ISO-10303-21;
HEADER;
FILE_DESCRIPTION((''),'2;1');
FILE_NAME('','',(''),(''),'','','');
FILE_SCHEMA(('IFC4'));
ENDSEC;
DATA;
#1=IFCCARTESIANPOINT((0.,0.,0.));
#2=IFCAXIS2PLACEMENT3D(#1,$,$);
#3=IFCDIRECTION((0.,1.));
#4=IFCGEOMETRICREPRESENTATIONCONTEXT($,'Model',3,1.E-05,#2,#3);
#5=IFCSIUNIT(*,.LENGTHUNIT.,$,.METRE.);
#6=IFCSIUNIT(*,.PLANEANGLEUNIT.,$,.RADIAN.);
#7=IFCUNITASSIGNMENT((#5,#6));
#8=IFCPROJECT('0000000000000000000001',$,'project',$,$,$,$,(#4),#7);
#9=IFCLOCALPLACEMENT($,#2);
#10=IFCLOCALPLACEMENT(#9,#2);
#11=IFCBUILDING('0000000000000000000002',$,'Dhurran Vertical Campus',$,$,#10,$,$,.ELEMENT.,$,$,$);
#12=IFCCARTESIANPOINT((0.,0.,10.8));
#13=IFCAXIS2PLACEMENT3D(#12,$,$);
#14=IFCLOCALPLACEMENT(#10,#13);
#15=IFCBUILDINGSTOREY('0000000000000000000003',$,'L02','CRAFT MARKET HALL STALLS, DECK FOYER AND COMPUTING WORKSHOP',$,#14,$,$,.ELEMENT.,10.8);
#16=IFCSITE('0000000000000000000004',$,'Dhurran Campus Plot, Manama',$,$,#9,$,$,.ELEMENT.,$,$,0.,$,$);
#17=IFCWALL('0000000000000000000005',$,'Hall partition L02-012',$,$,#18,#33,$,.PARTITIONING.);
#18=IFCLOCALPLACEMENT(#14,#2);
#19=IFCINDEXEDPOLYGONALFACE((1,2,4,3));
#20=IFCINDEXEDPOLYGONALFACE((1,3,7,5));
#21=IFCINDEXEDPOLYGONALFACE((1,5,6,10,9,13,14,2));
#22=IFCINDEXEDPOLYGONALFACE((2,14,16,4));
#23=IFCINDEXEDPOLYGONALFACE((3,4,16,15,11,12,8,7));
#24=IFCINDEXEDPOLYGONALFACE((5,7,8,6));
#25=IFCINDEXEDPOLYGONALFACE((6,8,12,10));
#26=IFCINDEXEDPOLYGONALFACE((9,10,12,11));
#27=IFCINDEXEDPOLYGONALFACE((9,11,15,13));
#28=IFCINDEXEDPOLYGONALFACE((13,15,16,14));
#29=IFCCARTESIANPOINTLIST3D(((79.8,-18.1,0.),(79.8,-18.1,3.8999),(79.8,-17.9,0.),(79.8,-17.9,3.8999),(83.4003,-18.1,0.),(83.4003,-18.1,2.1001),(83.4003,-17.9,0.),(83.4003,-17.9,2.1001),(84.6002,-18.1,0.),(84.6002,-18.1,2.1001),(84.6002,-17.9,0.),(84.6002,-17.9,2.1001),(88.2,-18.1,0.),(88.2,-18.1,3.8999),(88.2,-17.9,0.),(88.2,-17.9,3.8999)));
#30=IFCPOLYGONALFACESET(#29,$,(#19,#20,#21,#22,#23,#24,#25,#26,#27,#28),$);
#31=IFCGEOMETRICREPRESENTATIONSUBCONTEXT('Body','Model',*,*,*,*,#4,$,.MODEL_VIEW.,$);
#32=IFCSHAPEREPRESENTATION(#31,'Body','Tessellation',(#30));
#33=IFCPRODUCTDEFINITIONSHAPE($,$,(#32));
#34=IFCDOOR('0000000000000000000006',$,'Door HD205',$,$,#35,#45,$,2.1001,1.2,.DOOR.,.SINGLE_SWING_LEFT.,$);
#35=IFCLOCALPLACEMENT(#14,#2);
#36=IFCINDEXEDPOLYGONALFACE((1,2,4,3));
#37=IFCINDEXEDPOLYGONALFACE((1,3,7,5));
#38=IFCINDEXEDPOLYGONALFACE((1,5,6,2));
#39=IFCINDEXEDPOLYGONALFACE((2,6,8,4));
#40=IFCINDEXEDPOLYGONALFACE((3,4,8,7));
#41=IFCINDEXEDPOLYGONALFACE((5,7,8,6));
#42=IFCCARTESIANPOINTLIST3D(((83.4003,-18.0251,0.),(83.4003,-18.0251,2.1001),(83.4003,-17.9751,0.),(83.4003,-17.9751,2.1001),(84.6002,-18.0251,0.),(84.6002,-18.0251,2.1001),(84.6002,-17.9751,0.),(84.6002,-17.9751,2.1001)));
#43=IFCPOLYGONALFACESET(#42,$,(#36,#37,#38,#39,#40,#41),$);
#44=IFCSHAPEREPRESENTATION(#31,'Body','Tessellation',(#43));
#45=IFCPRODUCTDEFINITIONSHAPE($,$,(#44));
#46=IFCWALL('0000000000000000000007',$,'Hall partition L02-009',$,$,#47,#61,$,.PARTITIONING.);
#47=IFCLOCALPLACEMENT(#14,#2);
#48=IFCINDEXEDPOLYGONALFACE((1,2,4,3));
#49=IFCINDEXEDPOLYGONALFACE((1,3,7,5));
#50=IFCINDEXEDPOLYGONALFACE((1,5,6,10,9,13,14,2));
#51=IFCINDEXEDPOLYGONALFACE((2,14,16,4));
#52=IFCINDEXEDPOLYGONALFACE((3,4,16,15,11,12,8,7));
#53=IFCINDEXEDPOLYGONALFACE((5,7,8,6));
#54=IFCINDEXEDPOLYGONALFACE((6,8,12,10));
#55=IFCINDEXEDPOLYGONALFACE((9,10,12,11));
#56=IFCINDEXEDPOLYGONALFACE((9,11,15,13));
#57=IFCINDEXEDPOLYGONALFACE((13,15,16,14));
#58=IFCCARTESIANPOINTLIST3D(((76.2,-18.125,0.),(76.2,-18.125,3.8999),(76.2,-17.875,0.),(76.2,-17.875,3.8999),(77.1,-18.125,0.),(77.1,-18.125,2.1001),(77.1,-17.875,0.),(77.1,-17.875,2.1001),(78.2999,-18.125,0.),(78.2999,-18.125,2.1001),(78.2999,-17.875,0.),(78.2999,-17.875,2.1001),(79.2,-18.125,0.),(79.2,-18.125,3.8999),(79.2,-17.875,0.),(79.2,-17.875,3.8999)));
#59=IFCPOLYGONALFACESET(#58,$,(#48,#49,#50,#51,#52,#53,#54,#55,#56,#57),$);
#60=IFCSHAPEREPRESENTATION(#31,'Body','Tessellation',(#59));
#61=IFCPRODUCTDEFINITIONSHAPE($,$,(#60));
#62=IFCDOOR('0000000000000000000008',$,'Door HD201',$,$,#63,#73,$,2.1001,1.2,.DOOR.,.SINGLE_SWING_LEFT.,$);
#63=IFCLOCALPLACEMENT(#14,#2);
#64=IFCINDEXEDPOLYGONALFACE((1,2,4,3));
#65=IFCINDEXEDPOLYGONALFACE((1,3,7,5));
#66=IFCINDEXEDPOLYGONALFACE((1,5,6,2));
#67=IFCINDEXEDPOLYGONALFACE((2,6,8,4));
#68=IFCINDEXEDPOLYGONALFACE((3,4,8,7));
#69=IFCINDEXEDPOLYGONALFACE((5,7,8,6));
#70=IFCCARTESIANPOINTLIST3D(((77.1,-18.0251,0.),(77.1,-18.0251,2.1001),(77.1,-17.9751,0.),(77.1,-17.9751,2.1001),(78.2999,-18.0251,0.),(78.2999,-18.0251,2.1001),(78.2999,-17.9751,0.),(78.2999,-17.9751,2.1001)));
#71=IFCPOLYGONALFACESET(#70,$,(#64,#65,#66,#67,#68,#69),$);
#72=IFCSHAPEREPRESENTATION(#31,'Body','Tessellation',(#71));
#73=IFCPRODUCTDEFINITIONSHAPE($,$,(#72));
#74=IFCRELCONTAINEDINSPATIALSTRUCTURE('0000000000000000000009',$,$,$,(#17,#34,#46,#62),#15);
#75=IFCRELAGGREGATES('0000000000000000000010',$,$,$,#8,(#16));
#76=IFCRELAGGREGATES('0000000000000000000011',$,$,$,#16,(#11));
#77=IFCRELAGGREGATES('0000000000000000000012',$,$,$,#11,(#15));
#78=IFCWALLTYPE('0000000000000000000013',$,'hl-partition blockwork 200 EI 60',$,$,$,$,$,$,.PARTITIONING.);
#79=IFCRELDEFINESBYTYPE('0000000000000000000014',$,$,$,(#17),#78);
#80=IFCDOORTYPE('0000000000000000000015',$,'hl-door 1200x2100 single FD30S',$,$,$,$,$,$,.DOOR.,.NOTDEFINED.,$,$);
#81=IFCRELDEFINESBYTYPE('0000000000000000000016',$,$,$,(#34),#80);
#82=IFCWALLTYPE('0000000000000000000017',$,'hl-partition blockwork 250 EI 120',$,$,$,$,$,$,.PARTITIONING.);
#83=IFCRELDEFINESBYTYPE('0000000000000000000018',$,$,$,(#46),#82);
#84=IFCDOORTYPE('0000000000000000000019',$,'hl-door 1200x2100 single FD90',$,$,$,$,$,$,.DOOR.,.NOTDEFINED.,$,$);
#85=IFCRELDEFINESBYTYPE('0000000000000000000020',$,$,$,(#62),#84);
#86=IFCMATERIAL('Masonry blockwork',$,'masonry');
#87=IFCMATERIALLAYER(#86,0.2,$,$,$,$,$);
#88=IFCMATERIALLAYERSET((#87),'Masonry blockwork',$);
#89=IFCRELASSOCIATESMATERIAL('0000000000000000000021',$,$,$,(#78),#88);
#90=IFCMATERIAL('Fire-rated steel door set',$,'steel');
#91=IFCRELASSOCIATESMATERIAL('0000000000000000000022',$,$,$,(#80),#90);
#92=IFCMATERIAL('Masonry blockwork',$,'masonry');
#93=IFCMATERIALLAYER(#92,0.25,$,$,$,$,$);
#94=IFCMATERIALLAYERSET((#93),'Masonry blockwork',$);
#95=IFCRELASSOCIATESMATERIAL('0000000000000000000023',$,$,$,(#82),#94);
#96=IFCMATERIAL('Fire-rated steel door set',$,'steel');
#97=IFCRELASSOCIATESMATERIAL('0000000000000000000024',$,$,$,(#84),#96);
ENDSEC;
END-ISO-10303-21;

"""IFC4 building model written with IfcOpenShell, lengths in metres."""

from ifc_helpers import new_model, si_unit, direction, frame, frame_2d, origin, place, context, subcontext, project, spatial, rectangle, extrude, material, layer, layer_set, type_object, element, fill, save


model = new_model("IFC4")

# Units and contexts
model_context = context("Model", 3, precision=1e-05, world=origin(), true_north=direction((0.0, 1.0)))
body_context = subcontext(model_context, "Body", "Model", "MODEL_VIEW")
ifc_project = project(units=[si_unit("LENGTHUNIT", "METRE"), si_unit("PLANEANGLEUNIT", "RADIAN")], contexts=[model_context])

# Site, building, storey
site_placement = place(None, origin())
site = spatial("IfcSite", under=ifc_project, at=site_placement, Name="Dhurran Campus Plot, Manama", CompositionType="ELEMENT", RefElevation=0.0)
building_placement = place(site_placement, origin())
building = spatial("IfcBuilding", under=site, at=building_placement, Name="Dhurran Vertical Campus", CompositionType="ELEMENT")
storey_placement = place(building_placement, frame((0.0, 0.0, 10.8)))
storey = spatial("IfcBuildingStorey", under=building, at=storey_placement, Name="L02", Description="CRAFT MARKET HALL STALLS, DECK FOYER AND COMPUTING WORKSHOP", CompositionType="ELEMENT", Elevation=10.8)

# Walls, openings, doors
ifc_material_1 = material(Name="Masonry blockwork", Category="masonry")
ifc_layer_1 = layer(ifc_material_1, 0.2)
ifc_layer_set_1 = layer_set([ifc_layer_1], Name="Masonry blockwork")
wall_type_1 = type_object("IfcWallType", Name="hl-partition blockwork 200 EI 60", PredefinedType="PARTITIONING", material=ifc_layer_set_1)
wall_1_placement = place(storey_placement, frame((79.8, -18.0, 0.0), z_axis=(0.0, 0.0, 1.0), x_axis=(1.0, 0.0, 0.0)))
wall_1 = element("IfcWall", 1, at=wall_1_placement, inside=storey, type_object=wall_type_1, Name="Hall partition L02-012", PredefinedType="PARTITIONING", context=body_context, shape_type="SweptSolid", body=[
    extrude(rectangle(XDim=8.3999, YDim=0.2, at=frame_2d((4.2, 0.0))), origin(), (0.0, 0.0, 1.0), 3.8999),
])
opening_1_placement = place(wall_1_placement, frame((3.6001, 0.0, 0.0)))
opening_1 = element("IfcOpeningElement", 2, at=opening_1_placement, cuts=wall_1, PredefinedType="OPENING", context=body_context, shape_type="SweptSolid", body=[
    extrude(rectangle(XDim=1.2, YDim=2.1001, at=frame_2d((0.6001, 1.05))), frame((0.0, 0.1099, 0.0), z_axis=(0.0, -1.0, 0.0), x_axis=(1.0, 0.0, 0.0)), (0.0, 0.0, 1.0), 0.22),
])
ifc_material_2 = material(Name="Fire-rated steel door set", Category="steel")
door_type_1 = type_object("IfcDoorType", Name="hl-door 1200x2100 single FD30S", OperationType="NOTDEFINED", PredefinedType="DOOR", material=ifc_material_2)
door_1_placement = place(opening_1_placement, origin())
door_1 = element("IfcDoor", 3, at=door_1_placement, inside=storey, type_object=door_type_1, Name="Door HD205", OperationType="SINGLE_SWING_LEFT", OverallHeight=2.1001, OverallWidth=1.2, PredefinedType="DOOR", context=body_context, shape_type="SweptSolid", body=[
    extrude(rectangle(XDim=1.2, YDim=2.1001, at=frame_2d((0.6001, 1.05))), frame((0.0, 0.0249, 0.0), z_axis=(0.0, -1.0, 0.0), x_axis=(1.0, 0.0, 0.0)), (0.0, 0.0, 1.0), 0.05),
])
fill(opening_1, door_1)
ifc_material_3 = material(Name="Masonry blockwork", Category="masonry")
ifc_layer_2 = layer(ifc_material_3, 0.25)
ifc_layer_set_2 = layer_set([ifc_layer_2], Name="Masonry blockwork")
wall_type_2 = type_object("IfcWallType", Name="hl-partition blockwork 250 EI 120", PredefinedType="PARTITIONING", material=ifc_layer_set_2)
wall_2_placement = place(storey_placement, frame((76.2, -18.0, 0.0), z_axis=(0.0, 0.0, 1.0), x_axis=(1.0, 0.0, 0.0)))
wall_2 = element("IfcWall", 4, at=wall_2_placement, inside=storey, type_object=wall_type_2, Name="Hall partition L02-009", PredefinedType="PARTITIONING", context=body_context, shape_type="SweptSolid", body=[
    extrude(rectangle(XDim=3.0, YDim=0.25, at=frame_2d((1.5, 0.0))), origin(), (0.0, 0.0, 1.0), 3.8999),
])
opening_2_placement = place(wall_2_placement, frame((0.8999, 0.0, 0.0)))
opening_2 = element("IfcOpeningElement", 5, at=opening_2_placement, cuts=wall_2, PredefinedType="OPENING", context=body_context, shape_type="SweptSolid", body=[
    extrude(rectangle(XDim=1.2, YDim=2.1001, at=frame_2d((0.6001, 1.05))), frame((0.0, 0.135, 0.0), z_axis=(0.0, -1.0, 0.0), x_axis=(1.0, 0.0, 0.0)), (0.0, 0.0, 1.0), 0.27),
])
ifc_material_4 = material(Name="Fire-rated steel door set", Category="steel")
door_type_2 = type_object("IfcDoorType", Name="hl-door 1200x2100 single FD90", OperationType="NOTDEFINED", PredefinedType="DOOR", material=ifc_material_4)
door_2_placement = place(opening_2_placement, origin())
door_2 = element("IfcDoor", 6, at=door_2_placement, inside=storey, type_object=door_type_2, Name="Door HD201", OperationType="SINGLE_SWING_LEFT", OverallHeight=2.1001, OverallWidth=1.2, PredefinedType="DOOR", context=body_context, shape_type="SweptSolid", body=[
    extrude(rectangle(XDim=1.2, YDim=2.1001, at=frame_2d((0.6001, 1.05))), frame((0.0, 0.0249, 0.0), z_axis=(0.0, -1.0, 0.0), x_axis=(1.0, 0.0, 0.0)), (0.0, 0.0, 1.0), 0.05),
])
fill(opening_2, door_2)

save(model, "model.ifc")
